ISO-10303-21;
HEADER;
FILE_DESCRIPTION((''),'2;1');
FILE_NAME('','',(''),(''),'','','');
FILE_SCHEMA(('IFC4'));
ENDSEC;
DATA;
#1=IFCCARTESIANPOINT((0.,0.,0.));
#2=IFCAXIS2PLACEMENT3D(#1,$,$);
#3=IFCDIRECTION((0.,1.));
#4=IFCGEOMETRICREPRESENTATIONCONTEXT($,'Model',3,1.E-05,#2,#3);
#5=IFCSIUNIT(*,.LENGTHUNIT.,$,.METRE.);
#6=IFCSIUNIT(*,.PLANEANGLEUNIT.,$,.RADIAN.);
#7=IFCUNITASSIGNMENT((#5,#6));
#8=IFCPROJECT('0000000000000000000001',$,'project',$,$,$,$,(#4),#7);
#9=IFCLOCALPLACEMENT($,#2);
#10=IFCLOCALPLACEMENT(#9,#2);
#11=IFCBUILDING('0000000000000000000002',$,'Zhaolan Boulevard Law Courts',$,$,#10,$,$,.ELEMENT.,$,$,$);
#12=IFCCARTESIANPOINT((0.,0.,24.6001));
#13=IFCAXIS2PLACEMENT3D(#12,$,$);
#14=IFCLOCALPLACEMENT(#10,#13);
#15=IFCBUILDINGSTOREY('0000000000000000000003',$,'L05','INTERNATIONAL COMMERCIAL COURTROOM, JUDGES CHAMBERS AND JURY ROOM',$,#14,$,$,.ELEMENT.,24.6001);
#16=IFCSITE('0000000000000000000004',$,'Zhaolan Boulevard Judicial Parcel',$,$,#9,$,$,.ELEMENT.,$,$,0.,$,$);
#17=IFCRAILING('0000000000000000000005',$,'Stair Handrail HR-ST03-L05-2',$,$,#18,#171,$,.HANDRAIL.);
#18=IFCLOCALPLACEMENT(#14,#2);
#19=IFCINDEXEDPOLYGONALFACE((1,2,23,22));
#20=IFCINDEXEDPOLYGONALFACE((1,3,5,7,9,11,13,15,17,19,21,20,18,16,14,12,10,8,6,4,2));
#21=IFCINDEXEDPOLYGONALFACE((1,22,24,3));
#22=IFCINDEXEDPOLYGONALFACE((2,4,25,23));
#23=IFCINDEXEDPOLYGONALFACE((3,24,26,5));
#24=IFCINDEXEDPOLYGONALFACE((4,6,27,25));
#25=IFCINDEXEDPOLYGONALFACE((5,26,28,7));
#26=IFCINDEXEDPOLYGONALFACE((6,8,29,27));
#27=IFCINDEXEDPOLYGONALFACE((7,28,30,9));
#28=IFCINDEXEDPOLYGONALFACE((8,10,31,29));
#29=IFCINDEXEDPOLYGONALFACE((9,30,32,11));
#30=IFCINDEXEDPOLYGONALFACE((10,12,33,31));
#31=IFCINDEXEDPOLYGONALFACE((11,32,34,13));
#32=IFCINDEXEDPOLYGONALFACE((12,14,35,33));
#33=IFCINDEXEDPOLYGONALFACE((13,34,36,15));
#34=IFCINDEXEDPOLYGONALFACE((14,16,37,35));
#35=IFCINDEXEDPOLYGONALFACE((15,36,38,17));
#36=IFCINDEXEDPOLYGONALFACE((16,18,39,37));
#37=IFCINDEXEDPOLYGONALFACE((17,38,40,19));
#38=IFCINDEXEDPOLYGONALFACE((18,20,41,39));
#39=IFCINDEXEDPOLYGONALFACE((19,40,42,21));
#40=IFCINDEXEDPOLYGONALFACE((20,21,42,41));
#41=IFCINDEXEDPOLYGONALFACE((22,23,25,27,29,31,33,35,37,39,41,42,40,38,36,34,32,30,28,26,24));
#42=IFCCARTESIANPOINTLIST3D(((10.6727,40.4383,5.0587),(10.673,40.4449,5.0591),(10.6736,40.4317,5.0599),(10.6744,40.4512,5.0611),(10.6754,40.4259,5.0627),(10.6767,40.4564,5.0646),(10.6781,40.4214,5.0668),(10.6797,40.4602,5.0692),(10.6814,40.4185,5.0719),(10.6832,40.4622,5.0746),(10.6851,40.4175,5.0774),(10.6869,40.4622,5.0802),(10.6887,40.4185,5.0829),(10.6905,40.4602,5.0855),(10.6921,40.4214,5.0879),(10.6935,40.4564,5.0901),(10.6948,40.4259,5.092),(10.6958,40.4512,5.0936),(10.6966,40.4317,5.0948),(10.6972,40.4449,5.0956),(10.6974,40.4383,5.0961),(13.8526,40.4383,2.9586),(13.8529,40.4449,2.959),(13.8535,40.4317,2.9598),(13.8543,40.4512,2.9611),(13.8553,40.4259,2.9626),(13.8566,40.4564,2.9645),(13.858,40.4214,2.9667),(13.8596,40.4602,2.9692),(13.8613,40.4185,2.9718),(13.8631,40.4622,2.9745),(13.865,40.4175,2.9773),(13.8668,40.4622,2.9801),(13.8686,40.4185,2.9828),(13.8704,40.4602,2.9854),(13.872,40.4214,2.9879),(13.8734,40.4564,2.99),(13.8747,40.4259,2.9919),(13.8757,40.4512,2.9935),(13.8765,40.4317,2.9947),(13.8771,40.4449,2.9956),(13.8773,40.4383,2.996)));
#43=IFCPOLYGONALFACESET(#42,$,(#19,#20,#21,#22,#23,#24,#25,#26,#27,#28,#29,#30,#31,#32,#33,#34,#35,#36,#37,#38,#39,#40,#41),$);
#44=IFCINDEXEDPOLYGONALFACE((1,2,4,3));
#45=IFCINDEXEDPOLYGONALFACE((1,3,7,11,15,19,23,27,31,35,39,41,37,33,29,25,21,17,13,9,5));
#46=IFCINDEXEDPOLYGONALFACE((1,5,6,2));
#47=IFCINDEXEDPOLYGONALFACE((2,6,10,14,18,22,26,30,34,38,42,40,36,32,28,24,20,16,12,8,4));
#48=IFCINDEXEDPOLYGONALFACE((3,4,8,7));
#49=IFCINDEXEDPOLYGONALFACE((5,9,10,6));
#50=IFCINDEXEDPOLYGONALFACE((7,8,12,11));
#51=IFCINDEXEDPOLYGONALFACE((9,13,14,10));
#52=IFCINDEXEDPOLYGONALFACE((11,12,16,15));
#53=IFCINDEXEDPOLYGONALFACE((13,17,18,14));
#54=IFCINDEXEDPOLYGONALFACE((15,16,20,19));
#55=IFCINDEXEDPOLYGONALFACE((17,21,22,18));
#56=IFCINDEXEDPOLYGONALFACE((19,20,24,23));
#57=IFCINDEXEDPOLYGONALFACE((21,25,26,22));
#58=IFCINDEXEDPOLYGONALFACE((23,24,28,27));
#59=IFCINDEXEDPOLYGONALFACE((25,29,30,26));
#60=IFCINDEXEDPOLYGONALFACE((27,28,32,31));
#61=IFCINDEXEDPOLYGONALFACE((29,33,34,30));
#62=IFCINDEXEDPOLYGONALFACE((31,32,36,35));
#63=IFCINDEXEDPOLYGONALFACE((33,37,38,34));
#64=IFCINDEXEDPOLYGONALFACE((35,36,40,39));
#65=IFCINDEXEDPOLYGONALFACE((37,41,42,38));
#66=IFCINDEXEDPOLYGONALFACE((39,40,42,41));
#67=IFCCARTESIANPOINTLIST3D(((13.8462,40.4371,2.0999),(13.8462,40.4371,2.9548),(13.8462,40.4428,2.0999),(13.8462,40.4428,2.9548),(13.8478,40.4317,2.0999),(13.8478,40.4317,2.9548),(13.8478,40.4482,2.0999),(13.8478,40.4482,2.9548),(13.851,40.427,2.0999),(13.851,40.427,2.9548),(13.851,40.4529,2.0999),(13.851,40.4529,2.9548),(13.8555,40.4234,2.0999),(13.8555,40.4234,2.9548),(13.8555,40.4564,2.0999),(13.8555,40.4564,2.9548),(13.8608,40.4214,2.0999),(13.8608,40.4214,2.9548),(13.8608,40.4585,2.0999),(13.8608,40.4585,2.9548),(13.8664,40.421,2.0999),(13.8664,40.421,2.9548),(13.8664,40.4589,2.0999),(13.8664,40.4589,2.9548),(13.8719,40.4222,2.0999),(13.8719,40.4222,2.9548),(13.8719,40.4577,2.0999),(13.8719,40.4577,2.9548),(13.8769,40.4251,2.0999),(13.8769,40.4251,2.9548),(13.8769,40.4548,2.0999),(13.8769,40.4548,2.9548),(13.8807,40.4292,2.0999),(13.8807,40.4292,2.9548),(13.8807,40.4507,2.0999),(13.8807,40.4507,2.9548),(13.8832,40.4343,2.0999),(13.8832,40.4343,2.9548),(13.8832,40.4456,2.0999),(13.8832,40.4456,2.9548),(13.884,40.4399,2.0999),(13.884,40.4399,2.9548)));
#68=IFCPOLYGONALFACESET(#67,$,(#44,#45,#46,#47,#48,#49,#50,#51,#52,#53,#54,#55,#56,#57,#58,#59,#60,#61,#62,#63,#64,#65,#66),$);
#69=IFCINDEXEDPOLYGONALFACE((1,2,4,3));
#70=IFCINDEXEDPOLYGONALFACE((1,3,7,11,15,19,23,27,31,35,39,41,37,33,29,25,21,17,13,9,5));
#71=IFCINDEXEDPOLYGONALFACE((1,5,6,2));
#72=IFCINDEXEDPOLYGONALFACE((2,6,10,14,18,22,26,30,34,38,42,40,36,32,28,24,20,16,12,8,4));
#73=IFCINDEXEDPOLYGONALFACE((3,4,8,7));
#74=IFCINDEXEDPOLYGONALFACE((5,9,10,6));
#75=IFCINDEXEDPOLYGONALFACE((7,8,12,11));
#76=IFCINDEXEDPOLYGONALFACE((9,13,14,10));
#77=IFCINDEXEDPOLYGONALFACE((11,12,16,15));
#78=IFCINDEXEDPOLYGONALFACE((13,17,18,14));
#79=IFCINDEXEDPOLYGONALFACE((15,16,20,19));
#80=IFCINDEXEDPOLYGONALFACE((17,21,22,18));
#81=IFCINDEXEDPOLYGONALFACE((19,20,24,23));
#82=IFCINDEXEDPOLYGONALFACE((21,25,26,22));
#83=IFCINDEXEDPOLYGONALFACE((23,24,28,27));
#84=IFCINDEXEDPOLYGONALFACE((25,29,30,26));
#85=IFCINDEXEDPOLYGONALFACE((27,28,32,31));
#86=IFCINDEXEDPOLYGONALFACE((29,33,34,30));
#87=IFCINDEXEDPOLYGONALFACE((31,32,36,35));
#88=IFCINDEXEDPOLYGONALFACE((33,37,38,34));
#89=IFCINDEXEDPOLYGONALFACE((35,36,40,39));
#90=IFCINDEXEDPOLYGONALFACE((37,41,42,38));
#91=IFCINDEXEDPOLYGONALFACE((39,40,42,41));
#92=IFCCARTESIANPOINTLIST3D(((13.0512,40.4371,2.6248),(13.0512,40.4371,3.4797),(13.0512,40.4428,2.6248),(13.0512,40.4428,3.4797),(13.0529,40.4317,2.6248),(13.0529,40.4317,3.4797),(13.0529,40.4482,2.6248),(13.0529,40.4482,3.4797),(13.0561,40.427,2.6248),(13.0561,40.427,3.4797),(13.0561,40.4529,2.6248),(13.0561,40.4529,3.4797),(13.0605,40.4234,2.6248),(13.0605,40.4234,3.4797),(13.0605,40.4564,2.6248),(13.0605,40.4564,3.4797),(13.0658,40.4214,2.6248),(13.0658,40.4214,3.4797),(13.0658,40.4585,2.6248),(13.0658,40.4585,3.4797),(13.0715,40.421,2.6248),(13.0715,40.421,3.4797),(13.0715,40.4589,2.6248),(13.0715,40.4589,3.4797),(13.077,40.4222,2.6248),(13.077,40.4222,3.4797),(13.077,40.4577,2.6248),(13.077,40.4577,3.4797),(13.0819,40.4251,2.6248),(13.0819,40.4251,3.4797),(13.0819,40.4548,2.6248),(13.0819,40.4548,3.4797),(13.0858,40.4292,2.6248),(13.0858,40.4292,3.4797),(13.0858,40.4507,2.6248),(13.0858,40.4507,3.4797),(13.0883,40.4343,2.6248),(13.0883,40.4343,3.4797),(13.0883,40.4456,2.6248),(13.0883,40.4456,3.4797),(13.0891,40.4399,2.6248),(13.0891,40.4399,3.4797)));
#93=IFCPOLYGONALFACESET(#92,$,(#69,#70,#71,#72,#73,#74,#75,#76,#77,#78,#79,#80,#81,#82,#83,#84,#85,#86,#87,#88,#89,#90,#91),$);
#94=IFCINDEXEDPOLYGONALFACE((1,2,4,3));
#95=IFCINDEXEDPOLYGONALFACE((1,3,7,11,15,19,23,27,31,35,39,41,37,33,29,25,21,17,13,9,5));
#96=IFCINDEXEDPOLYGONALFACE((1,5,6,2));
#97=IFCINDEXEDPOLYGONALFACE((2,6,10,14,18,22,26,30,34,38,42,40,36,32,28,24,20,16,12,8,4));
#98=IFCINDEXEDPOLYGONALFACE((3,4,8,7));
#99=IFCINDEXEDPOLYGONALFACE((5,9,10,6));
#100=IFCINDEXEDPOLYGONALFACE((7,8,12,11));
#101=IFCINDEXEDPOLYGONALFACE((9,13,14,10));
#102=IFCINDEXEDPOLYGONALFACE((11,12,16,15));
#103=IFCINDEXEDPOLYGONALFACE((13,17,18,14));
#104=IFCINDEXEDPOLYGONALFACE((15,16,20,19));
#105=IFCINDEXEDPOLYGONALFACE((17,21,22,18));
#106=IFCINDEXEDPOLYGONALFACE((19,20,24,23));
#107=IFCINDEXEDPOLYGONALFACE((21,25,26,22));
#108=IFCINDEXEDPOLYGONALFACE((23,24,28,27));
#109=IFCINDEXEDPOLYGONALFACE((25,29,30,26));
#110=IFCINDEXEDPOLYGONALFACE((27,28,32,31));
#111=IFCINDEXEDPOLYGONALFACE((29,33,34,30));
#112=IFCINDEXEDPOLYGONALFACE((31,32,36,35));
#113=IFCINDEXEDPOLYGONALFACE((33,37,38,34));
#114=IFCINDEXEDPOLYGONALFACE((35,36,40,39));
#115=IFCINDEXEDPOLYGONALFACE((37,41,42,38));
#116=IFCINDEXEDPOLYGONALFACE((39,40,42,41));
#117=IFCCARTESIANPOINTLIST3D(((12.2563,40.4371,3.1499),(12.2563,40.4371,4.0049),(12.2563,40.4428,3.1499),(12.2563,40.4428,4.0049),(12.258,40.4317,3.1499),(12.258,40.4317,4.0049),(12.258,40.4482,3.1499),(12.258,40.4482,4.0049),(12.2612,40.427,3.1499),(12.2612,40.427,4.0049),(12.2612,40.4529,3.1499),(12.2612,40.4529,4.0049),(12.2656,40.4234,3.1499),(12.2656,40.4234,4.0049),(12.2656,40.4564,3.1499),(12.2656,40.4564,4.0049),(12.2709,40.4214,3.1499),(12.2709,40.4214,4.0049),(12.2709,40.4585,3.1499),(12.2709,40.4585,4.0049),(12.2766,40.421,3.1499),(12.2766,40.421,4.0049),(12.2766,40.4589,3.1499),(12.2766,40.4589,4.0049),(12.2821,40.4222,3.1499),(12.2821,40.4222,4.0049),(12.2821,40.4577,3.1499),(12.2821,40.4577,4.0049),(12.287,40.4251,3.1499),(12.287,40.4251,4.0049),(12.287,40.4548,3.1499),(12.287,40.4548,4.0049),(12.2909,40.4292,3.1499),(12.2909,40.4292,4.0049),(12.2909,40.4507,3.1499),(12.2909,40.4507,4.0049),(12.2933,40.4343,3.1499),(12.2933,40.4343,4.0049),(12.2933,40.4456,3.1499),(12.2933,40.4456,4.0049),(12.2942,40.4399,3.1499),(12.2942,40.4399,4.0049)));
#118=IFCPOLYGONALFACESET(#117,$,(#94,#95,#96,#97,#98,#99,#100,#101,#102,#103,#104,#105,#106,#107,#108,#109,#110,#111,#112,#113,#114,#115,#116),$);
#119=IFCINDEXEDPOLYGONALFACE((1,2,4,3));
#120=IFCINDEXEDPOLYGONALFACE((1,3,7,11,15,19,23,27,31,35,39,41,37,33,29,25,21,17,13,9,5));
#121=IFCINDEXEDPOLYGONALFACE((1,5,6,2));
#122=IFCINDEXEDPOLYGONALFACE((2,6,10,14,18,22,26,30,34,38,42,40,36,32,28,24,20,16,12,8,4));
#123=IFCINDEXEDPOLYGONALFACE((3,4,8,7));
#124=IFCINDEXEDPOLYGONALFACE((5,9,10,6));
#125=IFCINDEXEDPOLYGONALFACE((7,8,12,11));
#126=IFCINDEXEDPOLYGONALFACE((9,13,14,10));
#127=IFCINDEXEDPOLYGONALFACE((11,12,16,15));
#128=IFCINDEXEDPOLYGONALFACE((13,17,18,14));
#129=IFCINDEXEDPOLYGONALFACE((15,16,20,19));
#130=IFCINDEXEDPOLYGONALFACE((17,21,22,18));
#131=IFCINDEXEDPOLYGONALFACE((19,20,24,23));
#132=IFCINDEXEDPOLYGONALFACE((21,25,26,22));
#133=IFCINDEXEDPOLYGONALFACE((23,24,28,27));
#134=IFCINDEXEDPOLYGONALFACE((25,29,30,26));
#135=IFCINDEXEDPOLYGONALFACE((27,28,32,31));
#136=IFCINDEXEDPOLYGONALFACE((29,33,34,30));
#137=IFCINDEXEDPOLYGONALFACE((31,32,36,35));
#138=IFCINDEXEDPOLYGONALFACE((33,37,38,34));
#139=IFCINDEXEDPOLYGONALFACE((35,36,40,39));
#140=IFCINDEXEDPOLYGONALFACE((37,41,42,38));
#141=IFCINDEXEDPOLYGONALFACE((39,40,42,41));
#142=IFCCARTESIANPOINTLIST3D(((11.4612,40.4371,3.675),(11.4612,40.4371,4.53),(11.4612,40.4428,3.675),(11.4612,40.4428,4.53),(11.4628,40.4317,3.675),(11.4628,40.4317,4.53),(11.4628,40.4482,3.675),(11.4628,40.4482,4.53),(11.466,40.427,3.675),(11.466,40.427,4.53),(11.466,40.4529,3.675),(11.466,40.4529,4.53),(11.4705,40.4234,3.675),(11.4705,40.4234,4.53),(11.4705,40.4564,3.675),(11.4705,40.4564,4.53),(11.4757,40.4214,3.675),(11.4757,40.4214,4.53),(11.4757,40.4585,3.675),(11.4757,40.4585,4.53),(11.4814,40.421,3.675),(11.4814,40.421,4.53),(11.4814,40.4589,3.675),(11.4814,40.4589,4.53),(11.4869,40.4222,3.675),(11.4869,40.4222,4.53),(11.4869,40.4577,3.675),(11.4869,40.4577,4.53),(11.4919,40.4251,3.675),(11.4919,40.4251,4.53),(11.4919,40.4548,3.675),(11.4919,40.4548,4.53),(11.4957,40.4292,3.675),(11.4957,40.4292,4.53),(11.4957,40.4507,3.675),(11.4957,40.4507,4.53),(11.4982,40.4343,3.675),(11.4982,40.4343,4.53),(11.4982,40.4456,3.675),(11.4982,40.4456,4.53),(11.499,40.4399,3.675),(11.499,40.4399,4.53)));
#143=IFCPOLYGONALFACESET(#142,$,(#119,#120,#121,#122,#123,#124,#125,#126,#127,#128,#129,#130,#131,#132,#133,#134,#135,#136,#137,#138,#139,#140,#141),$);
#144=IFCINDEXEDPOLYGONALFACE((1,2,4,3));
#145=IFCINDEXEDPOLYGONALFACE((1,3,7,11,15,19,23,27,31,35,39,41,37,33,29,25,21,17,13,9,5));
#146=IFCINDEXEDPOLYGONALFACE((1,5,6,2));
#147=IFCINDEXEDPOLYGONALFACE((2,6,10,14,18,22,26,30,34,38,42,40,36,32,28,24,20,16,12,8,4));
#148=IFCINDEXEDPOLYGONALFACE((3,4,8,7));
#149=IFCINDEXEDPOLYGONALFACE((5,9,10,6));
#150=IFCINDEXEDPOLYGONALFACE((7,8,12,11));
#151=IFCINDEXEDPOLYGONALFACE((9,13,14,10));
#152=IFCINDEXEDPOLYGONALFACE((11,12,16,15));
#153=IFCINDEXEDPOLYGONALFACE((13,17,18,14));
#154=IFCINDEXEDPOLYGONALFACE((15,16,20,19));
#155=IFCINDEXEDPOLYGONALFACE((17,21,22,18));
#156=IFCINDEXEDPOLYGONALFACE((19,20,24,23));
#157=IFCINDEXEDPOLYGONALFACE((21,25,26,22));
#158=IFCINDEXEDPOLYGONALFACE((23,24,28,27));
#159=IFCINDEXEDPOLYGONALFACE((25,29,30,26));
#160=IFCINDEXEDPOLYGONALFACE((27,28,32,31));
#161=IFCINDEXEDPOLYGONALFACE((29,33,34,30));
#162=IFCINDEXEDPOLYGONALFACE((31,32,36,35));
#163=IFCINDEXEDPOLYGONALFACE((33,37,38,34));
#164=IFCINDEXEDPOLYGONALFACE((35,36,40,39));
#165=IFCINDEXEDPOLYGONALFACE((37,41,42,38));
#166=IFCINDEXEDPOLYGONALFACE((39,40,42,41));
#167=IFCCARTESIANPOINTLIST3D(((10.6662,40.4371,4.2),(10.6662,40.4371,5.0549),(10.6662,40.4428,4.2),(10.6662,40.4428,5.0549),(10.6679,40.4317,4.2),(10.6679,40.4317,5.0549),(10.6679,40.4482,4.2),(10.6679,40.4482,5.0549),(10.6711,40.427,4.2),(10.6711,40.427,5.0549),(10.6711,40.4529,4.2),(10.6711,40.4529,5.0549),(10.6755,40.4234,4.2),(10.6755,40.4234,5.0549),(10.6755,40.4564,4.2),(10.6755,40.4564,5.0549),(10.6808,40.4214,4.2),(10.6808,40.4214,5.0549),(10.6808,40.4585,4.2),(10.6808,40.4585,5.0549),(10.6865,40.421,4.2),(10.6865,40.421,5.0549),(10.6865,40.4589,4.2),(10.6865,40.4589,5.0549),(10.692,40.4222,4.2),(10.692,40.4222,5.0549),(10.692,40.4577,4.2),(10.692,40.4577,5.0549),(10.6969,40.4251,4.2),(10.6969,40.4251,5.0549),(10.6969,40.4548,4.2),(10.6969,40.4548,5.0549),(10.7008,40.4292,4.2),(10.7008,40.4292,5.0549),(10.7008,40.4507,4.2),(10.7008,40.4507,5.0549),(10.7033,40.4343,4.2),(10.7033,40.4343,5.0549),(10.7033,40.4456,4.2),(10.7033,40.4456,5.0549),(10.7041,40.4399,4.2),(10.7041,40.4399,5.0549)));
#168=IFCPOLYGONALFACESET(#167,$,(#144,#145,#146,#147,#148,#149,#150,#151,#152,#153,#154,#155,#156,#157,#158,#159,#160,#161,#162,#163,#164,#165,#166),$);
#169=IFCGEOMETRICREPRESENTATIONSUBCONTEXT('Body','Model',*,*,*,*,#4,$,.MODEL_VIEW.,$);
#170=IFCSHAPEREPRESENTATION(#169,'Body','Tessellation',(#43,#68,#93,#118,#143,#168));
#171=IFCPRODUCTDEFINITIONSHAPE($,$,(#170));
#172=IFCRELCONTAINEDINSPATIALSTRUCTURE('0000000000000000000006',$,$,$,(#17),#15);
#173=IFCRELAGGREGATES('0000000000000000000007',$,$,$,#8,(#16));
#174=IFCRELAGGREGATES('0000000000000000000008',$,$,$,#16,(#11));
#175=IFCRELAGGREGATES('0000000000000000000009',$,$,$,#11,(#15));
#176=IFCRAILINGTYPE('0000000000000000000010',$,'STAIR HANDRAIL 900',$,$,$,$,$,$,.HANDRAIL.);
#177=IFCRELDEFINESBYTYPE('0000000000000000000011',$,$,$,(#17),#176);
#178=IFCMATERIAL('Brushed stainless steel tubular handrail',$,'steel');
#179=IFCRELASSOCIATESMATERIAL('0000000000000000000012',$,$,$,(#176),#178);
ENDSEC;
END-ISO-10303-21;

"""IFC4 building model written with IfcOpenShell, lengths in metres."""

from ifc_helpers import new_model, si_unit, direction, frame, origin, origin_2d, place, context, subcontext, project, spatial, circle, extrude, material, type_object, element, save


model = new_model("IFC4")

# Units and contexts
model_context = context("Model", 3, precision=1e-05, world=origin(), true_north=direction((0.0, 1.0)))
body_context = subcontext(model_context, "Body", "Model", "MODEL_VIEW")
ifc_project = project(units=[si_unit("LENGTHUNIT", "METRE"), si_unit("PLANEANGLEUNIT", "RADIAN")], contexts=[model_context])

# Site, building, storey
site_placement = place(None, origin())
site = spatial("IfcSite", under=ifc_project, at=site_placement, Name="Zhaolan Boulevard Judicial Parcel", CompositionType="ELEMENT", RefElevation=0.0)
building_placement = place(site_placement, origin())
building = spatial("IfcBuilding", under=site, at=building_placement, Name="Zhaolan Boulevard Law Courts", CompositionType="ELEMENT")
storey_placement = place(building_placement, frame((0.0, 0.0, 24.6001)))
storey = spatial("IfcBuildingStorey", under=building, at=storey_placement, Name="L05", Description="INTERNATIONAL COMMERCIAL COURTROOM, JUDGES CHAMBERS AND JURY ROOM", CompositionType="ELEMENT", Elevation=24.6001)

# Railing
ifc_material_1 = material(Name="Brushed stainless steel tubular handrail", Category="steel")
railing_type_1 = type_object("IfcRailingType", Name="STAIR HANDRAIL 900", PredefinedType="HANDRAIL", material=ifc_material_1)
railing_1_placement = place(storey_placement, frame((13.865, 40.4399, 2.0999)))
element("IfcRailing", 1, at=railing_1_placement, inside=storey, type_object=railing_type_1, Name="Stair Handrail HR-ST03-L05-2", PredefinedType="HANDRAIL", context=body_context, shape_type="SweptSolid", body=[
    extrude(circle(Radius=0.0225, at=origin_2d()), frame((0.0, 0.0, 0.8774), z_axis=(-0.834447, 0.0, 0.551088), x_axis=(0.0, -1.0, 0.0)), (0.0, 0.0, 1.0), 3.8108),
    extrude(circle(Radius=0.019, at=origin_2d()), origin(), (0.0, 0.0, 1.0), 0.855),
    extrude(circle(Radius=0.019, at=origin_2d()), frame((-0.7949, 0.0, 0.5249)), (0.0, 0.0, 1.0), 0.855),
    extrude(circle(Radius=0.019, at=origin_2d()), frame((-1.5898, 0.0, 1.05)), (0.0, 0.0, 1.0), 0.855),
    extrude(circle(Radius=0.019, at=origin_2d()), frame((-2.385, 0.0, 1.5752)), (0.0, 0.0, 1.0), 0.855),
    extrude(circle(Radius=0.019, at=origin_2d()), frame((-3.1799, 0.0, 2.1001)), (0.0, 0.0, 1.0), 0.855),
])

save(model, "model.ifc")
